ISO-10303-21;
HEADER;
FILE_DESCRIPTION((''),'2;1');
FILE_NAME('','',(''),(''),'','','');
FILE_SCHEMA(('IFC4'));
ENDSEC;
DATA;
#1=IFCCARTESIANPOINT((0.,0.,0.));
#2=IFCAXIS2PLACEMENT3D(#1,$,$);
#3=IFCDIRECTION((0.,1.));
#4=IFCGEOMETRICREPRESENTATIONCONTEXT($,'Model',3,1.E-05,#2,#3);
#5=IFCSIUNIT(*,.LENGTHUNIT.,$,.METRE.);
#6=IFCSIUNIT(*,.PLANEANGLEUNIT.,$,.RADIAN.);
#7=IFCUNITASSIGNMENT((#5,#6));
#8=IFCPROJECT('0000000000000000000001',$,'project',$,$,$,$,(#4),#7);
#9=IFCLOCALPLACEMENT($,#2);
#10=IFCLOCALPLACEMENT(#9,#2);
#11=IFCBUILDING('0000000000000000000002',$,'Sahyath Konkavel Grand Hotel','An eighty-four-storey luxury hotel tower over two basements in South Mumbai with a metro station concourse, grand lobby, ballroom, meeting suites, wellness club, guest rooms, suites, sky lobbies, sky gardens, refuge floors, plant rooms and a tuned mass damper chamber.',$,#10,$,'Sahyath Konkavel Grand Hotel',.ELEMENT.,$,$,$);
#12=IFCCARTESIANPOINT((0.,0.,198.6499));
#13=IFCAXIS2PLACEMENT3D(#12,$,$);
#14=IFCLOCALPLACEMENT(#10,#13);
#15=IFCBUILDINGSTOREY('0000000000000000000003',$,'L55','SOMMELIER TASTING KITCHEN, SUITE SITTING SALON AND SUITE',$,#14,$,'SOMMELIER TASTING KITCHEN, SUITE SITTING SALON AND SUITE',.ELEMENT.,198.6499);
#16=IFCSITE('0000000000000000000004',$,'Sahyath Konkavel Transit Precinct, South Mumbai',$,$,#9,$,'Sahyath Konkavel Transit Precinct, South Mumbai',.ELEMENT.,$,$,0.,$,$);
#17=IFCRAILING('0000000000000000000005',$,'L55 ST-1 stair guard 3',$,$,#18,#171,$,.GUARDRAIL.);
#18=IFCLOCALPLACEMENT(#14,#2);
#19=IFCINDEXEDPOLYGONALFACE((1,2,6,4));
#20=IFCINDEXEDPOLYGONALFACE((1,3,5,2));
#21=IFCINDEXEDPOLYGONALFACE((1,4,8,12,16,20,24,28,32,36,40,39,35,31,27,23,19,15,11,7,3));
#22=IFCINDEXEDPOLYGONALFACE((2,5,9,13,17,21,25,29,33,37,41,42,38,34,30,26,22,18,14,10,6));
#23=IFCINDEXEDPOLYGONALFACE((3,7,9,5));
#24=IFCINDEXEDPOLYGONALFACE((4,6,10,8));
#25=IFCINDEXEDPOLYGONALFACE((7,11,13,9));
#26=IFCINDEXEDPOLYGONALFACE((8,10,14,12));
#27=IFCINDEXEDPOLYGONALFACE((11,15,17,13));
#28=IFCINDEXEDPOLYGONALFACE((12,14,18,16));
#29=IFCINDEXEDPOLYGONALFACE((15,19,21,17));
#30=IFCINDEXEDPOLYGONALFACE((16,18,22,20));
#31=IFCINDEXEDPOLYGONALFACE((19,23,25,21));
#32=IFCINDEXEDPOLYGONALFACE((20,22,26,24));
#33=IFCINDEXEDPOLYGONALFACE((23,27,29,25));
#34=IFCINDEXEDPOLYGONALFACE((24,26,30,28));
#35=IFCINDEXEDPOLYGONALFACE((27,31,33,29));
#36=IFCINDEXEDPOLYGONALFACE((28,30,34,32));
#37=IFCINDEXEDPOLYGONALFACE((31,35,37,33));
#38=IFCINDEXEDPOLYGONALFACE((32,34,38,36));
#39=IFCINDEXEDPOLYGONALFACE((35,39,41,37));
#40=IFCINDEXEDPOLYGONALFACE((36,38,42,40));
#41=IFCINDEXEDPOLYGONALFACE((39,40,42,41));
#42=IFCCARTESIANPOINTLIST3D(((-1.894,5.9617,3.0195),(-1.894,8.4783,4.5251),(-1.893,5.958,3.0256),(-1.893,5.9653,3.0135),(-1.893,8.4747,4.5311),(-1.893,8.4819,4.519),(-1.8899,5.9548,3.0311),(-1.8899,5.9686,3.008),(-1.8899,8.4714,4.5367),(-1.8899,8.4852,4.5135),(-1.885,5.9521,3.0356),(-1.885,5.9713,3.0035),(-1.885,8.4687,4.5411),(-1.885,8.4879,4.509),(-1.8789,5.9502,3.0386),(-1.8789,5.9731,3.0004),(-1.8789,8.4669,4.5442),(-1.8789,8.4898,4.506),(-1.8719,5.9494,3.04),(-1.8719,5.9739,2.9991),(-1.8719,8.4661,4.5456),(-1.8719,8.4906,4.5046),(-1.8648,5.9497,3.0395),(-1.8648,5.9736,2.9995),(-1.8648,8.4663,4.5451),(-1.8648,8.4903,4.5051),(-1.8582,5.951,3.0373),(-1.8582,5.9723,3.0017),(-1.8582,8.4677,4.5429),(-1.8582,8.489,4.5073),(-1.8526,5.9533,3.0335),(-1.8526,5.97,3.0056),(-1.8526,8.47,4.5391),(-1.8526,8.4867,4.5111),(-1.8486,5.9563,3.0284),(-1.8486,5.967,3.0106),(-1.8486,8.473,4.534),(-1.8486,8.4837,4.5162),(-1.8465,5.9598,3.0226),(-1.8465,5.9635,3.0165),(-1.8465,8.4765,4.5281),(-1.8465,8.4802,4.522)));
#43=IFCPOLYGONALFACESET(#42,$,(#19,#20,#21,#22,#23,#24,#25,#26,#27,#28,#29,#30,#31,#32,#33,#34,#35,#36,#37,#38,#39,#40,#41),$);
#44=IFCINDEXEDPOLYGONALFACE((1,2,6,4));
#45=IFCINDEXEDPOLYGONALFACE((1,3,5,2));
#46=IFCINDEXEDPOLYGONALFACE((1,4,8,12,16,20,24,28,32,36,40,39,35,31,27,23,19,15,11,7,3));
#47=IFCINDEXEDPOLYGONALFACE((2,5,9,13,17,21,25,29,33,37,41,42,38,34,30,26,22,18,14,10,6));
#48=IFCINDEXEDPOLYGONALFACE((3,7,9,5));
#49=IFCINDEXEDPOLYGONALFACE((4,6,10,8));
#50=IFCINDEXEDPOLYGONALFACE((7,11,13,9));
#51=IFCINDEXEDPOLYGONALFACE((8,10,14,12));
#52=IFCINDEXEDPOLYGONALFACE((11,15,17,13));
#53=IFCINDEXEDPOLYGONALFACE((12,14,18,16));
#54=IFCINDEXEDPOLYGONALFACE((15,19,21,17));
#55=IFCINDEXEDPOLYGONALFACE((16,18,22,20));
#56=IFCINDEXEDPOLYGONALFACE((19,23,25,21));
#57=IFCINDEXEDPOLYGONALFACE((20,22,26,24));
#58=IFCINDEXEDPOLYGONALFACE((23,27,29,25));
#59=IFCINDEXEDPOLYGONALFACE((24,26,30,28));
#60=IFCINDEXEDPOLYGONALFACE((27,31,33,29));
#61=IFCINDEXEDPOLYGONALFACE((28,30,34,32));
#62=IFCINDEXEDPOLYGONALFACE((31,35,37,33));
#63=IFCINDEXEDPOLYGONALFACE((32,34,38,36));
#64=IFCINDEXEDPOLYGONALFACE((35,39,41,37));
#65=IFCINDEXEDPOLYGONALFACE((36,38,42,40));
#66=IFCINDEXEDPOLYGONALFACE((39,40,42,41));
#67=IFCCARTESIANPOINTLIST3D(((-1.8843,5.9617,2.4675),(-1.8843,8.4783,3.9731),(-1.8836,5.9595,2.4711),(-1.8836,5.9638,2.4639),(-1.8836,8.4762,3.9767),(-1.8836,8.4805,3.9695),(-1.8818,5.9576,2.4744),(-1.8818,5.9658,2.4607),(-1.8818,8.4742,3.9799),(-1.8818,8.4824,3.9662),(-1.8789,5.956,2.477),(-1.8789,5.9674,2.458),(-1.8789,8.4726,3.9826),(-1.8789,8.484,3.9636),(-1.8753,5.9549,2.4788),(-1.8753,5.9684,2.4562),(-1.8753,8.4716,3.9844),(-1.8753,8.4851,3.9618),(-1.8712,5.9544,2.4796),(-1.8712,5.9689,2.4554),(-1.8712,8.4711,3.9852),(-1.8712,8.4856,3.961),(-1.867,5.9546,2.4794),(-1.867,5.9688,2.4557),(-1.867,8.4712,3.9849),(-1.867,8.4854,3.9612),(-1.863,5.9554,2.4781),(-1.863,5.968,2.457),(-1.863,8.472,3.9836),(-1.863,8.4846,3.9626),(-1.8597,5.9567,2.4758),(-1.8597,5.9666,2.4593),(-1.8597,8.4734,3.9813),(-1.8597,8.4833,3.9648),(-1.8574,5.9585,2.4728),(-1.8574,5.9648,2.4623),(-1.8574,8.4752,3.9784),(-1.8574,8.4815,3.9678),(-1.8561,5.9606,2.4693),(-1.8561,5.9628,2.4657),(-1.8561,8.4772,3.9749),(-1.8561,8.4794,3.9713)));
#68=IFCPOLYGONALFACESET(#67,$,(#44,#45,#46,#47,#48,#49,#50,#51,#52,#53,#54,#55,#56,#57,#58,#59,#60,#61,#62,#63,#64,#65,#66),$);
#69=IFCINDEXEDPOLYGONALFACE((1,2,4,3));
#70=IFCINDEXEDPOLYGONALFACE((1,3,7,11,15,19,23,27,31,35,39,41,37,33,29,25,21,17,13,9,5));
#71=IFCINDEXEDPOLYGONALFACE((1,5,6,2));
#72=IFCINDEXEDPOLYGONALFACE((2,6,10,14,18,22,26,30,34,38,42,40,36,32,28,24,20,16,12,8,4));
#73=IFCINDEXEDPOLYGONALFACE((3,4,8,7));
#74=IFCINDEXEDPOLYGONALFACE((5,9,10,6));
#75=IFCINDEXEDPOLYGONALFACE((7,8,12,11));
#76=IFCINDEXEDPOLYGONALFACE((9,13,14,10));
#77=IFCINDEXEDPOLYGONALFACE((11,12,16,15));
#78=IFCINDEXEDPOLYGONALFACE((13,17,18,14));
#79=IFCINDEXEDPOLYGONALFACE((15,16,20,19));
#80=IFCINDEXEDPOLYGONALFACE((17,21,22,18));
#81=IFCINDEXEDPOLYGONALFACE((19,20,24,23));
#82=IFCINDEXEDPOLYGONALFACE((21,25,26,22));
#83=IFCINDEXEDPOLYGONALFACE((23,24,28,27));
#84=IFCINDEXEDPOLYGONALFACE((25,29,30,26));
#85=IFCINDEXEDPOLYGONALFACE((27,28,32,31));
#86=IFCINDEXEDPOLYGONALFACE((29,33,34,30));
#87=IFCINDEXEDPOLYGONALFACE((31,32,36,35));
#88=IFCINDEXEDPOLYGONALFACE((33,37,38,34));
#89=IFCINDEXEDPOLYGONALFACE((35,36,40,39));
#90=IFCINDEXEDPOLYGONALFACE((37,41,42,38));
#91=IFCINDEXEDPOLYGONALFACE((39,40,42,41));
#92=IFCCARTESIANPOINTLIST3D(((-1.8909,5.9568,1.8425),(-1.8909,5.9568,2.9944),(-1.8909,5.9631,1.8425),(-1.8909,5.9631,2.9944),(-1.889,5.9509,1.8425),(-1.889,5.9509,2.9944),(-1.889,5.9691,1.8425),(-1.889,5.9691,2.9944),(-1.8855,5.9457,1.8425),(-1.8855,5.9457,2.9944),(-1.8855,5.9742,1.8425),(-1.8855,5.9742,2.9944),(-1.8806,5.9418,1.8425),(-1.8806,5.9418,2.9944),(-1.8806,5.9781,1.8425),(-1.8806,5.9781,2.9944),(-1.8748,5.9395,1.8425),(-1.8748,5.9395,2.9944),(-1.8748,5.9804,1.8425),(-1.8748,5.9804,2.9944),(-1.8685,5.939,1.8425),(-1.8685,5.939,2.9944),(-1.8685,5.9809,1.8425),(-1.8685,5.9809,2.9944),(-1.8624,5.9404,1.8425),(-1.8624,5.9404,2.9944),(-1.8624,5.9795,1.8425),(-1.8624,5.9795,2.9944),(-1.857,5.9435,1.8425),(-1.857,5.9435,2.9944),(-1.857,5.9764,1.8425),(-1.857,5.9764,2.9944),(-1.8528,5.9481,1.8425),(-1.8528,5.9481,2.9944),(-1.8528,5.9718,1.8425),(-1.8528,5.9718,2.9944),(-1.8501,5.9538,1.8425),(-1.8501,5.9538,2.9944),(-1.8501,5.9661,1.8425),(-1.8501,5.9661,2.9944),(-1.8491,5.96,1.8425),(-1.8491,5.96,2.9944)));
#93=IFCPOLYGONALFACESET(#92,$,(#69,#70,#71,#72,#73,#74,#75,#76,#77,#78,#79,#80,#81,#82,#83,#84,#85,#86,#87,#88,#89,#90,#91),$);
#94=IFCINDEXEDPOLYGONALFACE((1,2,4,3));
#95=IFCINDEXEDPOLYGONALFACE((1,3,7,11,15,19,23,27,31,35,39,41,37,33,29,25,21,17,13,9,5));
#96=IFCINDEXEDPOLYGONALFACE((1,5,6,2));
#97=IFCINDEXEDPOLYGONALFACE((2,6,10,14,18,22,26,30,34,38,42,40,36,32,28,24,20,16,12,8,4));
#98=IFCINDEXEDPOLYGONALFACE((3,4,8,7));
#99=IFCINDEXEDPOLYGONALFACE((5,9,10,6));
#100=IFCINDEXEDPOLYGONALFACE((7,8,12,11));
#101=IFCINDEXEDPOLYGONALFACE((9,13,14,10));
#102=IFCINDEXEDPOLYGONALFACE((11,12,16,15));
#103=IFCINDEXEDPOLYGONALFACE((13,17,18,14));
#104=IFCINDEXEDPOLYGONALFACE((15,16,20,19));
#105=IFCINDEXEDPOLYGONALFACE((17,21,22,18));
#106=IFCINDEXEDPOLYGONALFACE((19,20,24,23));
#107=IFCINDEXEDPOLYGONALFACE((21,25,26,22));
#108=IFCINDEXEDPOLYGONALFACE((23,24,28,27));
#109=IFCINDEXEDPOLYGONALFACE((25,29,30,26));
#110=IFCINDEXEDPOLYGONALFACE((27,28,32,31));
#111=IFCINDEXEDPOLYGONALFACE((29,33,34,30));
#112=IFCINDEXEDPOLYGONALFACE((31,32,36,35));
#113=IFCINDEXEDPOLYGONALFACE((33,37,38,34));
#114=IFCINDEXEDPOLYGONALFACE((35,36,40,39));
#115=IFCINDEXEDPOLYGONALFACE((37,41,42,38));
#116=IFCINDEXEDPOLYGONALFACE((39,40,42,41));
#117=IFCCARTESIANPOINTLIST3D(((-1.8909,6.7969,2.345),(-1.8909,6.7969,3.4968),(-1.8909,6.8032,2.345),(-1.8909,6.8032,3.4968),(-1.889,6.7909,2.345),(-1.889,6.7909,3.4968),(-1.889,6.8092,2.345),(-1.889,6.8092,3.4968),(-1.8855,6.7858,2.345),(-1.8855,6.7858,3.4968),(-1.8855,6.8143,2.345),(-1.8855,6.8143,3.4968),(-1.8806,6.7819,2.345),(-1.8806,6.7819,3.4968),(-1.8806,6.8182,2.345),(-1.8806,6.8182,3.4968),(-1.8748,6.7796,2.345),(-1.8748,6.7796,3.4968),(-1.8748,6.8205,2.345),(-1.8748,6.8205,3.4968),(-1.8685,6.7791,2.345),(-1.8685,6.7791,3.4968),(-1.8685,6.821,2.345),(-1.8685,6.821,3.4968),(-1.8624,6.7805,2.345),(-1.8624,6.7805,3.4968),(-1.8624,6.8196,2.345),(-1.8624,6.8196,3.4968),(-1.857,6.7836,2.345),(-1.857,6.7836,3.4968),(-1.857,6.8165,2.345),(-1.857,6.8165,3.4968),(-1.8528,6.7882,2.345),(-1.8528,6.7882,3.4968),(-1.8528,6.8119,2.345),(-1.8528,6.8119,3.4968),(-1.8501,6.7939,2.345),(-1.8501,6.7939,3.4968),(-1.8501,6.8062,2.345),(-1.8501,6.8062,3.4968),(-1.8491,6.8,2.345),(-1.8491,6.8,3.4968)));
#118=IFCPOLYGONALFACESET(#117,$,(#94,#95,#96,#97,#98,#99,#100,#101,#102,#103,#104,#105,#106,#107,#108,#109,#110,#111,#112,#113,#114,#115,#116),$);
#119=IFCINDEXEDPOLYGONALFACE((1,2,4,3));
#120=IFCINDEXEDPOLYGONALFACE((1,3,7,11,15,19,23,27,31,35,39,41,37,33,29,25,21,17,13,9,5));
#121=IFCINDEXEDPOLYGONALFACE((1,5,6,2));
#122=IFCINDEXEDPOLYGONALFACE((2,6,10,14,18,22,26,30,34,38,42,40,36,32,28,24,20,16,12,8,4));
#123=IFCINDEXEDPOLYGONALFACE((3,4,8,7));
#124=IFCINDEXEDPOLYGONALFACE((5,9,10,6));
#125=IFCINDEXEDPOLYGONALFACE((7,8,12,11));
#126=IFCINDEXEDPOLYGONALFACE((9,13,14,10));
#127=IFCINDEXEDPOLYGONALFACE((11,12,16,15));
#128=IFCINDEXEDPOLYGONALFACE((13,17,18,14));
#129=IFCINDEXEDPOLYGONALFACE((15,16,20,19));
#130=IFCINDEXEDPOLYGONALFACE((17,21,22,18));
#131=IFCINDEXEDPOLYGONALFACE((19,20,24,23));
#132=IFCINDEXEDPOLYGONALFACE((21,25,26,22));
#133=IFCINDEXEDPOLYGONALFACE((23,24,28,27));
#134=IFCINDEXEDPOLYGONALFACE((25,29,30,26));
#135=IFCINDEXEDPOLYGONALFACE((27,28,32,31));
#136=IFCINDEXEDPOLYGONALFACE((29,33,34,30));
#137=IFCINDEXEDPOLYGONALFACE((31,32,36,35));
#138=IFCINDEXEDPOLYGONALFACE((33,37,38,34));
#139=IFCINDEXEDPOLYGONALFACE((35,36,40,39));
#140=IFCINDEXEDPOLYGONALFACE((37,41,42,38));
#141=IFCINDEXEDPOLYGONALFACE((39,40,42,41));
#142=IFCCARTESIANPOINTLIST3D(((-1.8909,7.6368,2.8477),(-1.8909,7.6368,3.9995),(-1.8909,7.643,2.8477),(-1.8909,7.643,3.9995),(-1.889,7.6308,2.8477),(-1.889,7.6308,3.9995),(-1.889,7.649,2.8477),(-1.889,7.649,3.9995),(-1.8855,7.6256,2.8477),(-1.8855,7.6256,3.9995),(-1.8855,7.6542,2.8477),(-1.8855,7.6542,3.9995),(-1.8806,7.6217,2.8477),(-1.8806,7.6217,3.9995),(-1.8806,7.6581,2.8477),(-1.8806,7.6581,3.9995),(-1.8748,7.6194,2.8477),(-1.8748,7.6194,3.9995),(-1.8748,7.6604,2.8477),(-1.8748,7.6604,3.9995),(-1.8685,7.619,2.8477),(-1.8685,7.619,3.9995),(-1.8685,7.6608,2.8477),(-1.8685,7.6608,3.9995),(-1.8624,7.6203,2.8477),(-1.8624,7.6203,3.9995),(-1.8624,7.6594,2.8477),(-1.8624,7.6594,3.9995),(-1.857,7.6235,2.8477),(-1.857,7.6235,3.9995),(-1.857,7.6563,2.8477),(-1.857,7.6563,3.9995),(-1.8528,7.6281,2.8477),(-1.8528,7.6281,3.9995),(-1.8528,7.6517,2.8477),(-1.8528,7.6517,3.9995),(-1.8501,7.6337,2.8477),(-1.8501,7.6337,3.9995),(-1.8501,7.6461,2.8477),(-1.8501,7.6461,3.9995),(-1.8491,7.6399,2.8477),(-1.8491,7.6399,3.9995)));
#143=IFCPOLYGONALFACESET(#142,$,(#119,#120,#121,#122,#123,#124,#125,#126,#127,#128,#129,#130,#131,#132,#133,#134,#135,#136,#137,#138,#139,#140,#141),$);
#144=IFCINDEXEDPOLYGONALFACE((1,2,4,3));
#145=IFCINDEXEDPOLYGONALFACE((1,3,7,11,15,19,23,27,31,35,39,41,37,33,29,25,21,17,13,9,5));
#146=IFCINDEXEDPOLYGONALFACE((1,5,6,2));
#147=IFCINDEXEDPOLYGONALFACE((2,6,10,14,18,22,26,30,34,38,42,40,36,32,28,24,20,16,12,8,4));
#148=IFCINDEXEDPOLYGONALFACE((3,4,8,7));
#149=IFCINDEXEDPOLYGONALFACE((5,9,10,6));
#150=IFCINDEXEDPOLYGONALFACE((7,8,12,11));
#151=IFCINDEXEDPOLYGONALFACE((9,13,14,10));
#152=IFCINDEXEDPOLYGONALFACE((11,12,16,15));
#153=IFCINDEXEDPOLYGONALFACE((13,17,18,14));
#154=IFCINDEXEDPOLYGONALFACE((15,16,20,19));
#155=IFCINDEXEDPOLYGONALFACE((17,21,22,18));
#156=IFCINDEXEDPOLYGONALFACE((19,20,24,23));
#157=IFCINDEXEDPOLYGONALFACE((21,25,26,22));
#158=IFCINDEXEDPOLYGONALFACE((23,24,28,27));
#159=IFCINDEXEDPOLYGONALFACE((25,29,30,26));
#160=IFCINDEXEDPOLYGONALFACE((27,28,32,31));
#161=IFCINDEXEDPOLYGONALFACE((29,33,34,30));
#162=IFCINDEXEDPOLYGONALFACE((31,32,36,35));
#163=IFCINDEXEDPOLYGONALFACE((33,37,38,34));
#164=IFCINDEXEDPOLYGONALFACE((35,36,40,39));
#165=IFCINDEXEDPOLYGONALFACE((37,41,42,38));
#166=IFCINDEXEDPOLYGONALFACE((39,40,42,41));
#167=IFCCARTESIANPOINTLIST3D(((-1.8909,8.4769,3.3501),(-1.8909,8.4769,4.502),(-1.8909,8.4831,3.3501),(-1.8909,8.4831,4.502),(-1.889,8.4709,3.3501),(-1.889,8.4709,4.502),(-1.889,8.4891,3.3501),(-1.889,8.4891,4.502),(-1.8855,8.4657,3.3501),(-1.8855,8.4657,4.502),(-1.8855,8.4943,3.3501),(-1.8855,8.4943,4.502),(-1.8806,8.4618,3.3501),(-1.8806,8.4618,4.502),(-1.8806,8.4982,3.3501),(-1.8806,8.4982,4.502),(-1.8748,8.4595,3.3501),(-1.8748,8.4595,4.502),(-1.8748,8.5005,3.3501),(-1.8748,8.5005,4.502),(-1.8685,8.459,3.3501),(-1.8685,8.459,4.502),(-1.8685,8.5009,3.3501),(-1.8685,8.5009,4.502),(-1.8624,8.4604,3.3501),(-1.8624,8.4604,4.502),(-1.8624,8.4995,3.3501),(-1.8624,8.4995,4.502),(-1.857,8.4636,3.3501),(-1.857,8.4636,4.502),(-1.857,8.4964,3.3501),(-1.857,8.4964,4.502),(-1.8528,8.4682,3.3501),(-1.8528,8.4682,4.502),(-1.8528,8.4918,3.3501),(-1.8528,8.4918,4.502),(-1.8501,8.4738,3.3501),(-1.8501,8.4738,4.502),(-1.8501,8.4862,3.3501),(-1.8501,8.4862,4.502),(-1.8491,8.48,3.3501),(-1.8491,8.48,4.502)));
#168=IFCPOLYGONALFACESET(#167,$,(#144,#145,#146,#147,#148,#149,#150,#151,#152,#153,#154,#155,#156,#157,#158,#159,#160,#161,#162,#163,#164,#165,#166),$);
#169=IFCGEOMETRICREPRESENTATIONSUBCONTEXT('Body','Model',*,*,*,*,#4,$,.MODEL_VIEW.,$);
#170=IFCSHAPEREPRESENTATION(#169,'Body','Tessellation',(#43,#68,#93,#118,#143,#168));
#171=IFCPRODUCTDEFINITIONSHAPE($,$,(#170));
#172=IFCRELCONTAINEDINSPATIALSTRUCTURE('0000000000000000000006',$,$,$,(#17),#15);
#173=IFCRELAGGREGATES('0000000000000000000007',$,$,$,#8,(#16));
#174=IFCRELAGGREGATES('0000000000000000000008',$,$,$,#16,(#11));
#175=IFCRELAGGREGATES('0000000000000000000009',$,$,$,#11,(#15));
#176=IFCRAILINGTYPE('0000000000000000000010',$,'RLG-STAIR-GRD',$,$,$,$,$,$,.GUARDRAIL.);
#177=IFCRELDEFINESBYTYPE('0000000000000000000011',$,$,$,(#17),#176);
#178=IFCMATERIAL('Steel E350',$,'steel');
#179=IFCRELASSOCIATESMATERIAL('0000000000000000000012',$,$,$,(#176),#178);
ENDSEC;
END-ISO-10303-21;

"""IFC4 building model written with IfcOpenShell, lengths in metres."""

from ifc_helpers import new_model, si_unit, direction, frame, origin, origin_2d, place, context, subcontext, project, spatial, circle, extrude, material, type_object, element, save


model = new_model("IFC4")

# Units and contexts
model_context = context("Model", 3, precision=1e-05, world=origin(), true_north=direction((0.0, 1.0)))
body_context = subcontext(model_context, "Body", "Model", "MODEL_VIEW")
ifc_project = project(units=[si_unit("LENGTHUNIT", "METRE"), si_unit("PLANEANGLEUNIT", "RADIAN")], contexts=[model_context])

# Site, building, storey
site_placement = place(None, origin())
site = spatial("IfcSite", under=ifc_project, at=site_placement, Name="Sahyath Konkavel Transit Precinct, South Mumbai", LongName="Sahyath Konkavel Transit Precinct, South Mumbai", CompositionType="ELEMENT", RefElevation=0.0)
building_placement = place(site_placement, origin())
building = spatial("IfcBuilding", under=site, at=building_placement, Name="Sahyath Konkavel Grand Hotel", Description="An eighty-four-storey luxury hotel tower over two basements in South Mumbai with a metro station concourse, grand lobby, ballroom, meeting suites, wellness club, guest rooms, suites, sky lobbies, sky gardens, refuge floors, plant rooms and a tuned mass damper chamber.", LongName="Sahyath Konkavel Grand Hotel", CompositionType="ELEMENT")
storey_placement = place(building_placement, frame((0.0, 0.0, 198.6499)))
storey = spatial("IfcBuildingStorey", under=building, at=storey_placement, Name="L55", Description="SOMMELIER TASTING KITCHEN, SUITE SITTING SALON AND SUITE", LongName="SOMMELIER TASTING KITCHEN, SUITE SITTING SALON AND SUITE", CompositionType="ELEMENT", Elevation=198.6499)

# Shared definitions
ifc_material_1 = material(Name="Steel E350", Category="steel")

# Railing
railing_type_1 = type_object("IfcRailingType", Name="RLG-STAIR-GRD", PredefinedType="GUARDRAIL", material=ifc_material_1)
railing_1_placement = place(storey_placement, frame((-1.8701, 5.96, 1.8425)))
element("IfcRailing", 1, at=railing_1_placement, inside=storey, type_object=railing_type_1, Name="L55 ST-1 stair guard 3", PredefinedType="GUARDRAIL", context=body_context, shape_type="SweptSolid", body=[
    extrude(circle(Radius=0.0239, at=origin_2d()), frame((0.0, 0.0017, 1.177), z_axis=(0.0, 0.85816, 0.513383), x_axis=(-1.0, 0.0, 0.0)), (0.0, 0.0, 1.0), 2.9326),
    extrude(circle(Radius=0.0142, at=origin_2d()), frame((0.0, 0.0017, 0.625), z_axis=(0.0, 0.85816, 0.513383), x_axis=(-1.0, 0.0, 0.0)), (0.0, 0.0, 1.0), 2.9326),
    extrude(circle(Radius=0.021, at=origin_2d()), origin(), (0.0, 0.0, 1.0), 1.1519),
    extrude(circle(Radius=0.021, at=origin_2d()), frame((0.0, 0.8401, 0.5024)), (0.0, 0.0, 1.0), 1.1519),
    extrude(circle(Radius=0.021, at=origin_2d()), frame((0.0, 1.6799, 1.0051)), (0.0, 0.0, 1.0), 1.1519),
    extrude(circle(Radius=0.021, at=origin_2d()), frame((0.0, 2.52, 1.5076)), (0.0, 0.0, 1.0), 1.1519),
])

save(model, "model.ifc")
